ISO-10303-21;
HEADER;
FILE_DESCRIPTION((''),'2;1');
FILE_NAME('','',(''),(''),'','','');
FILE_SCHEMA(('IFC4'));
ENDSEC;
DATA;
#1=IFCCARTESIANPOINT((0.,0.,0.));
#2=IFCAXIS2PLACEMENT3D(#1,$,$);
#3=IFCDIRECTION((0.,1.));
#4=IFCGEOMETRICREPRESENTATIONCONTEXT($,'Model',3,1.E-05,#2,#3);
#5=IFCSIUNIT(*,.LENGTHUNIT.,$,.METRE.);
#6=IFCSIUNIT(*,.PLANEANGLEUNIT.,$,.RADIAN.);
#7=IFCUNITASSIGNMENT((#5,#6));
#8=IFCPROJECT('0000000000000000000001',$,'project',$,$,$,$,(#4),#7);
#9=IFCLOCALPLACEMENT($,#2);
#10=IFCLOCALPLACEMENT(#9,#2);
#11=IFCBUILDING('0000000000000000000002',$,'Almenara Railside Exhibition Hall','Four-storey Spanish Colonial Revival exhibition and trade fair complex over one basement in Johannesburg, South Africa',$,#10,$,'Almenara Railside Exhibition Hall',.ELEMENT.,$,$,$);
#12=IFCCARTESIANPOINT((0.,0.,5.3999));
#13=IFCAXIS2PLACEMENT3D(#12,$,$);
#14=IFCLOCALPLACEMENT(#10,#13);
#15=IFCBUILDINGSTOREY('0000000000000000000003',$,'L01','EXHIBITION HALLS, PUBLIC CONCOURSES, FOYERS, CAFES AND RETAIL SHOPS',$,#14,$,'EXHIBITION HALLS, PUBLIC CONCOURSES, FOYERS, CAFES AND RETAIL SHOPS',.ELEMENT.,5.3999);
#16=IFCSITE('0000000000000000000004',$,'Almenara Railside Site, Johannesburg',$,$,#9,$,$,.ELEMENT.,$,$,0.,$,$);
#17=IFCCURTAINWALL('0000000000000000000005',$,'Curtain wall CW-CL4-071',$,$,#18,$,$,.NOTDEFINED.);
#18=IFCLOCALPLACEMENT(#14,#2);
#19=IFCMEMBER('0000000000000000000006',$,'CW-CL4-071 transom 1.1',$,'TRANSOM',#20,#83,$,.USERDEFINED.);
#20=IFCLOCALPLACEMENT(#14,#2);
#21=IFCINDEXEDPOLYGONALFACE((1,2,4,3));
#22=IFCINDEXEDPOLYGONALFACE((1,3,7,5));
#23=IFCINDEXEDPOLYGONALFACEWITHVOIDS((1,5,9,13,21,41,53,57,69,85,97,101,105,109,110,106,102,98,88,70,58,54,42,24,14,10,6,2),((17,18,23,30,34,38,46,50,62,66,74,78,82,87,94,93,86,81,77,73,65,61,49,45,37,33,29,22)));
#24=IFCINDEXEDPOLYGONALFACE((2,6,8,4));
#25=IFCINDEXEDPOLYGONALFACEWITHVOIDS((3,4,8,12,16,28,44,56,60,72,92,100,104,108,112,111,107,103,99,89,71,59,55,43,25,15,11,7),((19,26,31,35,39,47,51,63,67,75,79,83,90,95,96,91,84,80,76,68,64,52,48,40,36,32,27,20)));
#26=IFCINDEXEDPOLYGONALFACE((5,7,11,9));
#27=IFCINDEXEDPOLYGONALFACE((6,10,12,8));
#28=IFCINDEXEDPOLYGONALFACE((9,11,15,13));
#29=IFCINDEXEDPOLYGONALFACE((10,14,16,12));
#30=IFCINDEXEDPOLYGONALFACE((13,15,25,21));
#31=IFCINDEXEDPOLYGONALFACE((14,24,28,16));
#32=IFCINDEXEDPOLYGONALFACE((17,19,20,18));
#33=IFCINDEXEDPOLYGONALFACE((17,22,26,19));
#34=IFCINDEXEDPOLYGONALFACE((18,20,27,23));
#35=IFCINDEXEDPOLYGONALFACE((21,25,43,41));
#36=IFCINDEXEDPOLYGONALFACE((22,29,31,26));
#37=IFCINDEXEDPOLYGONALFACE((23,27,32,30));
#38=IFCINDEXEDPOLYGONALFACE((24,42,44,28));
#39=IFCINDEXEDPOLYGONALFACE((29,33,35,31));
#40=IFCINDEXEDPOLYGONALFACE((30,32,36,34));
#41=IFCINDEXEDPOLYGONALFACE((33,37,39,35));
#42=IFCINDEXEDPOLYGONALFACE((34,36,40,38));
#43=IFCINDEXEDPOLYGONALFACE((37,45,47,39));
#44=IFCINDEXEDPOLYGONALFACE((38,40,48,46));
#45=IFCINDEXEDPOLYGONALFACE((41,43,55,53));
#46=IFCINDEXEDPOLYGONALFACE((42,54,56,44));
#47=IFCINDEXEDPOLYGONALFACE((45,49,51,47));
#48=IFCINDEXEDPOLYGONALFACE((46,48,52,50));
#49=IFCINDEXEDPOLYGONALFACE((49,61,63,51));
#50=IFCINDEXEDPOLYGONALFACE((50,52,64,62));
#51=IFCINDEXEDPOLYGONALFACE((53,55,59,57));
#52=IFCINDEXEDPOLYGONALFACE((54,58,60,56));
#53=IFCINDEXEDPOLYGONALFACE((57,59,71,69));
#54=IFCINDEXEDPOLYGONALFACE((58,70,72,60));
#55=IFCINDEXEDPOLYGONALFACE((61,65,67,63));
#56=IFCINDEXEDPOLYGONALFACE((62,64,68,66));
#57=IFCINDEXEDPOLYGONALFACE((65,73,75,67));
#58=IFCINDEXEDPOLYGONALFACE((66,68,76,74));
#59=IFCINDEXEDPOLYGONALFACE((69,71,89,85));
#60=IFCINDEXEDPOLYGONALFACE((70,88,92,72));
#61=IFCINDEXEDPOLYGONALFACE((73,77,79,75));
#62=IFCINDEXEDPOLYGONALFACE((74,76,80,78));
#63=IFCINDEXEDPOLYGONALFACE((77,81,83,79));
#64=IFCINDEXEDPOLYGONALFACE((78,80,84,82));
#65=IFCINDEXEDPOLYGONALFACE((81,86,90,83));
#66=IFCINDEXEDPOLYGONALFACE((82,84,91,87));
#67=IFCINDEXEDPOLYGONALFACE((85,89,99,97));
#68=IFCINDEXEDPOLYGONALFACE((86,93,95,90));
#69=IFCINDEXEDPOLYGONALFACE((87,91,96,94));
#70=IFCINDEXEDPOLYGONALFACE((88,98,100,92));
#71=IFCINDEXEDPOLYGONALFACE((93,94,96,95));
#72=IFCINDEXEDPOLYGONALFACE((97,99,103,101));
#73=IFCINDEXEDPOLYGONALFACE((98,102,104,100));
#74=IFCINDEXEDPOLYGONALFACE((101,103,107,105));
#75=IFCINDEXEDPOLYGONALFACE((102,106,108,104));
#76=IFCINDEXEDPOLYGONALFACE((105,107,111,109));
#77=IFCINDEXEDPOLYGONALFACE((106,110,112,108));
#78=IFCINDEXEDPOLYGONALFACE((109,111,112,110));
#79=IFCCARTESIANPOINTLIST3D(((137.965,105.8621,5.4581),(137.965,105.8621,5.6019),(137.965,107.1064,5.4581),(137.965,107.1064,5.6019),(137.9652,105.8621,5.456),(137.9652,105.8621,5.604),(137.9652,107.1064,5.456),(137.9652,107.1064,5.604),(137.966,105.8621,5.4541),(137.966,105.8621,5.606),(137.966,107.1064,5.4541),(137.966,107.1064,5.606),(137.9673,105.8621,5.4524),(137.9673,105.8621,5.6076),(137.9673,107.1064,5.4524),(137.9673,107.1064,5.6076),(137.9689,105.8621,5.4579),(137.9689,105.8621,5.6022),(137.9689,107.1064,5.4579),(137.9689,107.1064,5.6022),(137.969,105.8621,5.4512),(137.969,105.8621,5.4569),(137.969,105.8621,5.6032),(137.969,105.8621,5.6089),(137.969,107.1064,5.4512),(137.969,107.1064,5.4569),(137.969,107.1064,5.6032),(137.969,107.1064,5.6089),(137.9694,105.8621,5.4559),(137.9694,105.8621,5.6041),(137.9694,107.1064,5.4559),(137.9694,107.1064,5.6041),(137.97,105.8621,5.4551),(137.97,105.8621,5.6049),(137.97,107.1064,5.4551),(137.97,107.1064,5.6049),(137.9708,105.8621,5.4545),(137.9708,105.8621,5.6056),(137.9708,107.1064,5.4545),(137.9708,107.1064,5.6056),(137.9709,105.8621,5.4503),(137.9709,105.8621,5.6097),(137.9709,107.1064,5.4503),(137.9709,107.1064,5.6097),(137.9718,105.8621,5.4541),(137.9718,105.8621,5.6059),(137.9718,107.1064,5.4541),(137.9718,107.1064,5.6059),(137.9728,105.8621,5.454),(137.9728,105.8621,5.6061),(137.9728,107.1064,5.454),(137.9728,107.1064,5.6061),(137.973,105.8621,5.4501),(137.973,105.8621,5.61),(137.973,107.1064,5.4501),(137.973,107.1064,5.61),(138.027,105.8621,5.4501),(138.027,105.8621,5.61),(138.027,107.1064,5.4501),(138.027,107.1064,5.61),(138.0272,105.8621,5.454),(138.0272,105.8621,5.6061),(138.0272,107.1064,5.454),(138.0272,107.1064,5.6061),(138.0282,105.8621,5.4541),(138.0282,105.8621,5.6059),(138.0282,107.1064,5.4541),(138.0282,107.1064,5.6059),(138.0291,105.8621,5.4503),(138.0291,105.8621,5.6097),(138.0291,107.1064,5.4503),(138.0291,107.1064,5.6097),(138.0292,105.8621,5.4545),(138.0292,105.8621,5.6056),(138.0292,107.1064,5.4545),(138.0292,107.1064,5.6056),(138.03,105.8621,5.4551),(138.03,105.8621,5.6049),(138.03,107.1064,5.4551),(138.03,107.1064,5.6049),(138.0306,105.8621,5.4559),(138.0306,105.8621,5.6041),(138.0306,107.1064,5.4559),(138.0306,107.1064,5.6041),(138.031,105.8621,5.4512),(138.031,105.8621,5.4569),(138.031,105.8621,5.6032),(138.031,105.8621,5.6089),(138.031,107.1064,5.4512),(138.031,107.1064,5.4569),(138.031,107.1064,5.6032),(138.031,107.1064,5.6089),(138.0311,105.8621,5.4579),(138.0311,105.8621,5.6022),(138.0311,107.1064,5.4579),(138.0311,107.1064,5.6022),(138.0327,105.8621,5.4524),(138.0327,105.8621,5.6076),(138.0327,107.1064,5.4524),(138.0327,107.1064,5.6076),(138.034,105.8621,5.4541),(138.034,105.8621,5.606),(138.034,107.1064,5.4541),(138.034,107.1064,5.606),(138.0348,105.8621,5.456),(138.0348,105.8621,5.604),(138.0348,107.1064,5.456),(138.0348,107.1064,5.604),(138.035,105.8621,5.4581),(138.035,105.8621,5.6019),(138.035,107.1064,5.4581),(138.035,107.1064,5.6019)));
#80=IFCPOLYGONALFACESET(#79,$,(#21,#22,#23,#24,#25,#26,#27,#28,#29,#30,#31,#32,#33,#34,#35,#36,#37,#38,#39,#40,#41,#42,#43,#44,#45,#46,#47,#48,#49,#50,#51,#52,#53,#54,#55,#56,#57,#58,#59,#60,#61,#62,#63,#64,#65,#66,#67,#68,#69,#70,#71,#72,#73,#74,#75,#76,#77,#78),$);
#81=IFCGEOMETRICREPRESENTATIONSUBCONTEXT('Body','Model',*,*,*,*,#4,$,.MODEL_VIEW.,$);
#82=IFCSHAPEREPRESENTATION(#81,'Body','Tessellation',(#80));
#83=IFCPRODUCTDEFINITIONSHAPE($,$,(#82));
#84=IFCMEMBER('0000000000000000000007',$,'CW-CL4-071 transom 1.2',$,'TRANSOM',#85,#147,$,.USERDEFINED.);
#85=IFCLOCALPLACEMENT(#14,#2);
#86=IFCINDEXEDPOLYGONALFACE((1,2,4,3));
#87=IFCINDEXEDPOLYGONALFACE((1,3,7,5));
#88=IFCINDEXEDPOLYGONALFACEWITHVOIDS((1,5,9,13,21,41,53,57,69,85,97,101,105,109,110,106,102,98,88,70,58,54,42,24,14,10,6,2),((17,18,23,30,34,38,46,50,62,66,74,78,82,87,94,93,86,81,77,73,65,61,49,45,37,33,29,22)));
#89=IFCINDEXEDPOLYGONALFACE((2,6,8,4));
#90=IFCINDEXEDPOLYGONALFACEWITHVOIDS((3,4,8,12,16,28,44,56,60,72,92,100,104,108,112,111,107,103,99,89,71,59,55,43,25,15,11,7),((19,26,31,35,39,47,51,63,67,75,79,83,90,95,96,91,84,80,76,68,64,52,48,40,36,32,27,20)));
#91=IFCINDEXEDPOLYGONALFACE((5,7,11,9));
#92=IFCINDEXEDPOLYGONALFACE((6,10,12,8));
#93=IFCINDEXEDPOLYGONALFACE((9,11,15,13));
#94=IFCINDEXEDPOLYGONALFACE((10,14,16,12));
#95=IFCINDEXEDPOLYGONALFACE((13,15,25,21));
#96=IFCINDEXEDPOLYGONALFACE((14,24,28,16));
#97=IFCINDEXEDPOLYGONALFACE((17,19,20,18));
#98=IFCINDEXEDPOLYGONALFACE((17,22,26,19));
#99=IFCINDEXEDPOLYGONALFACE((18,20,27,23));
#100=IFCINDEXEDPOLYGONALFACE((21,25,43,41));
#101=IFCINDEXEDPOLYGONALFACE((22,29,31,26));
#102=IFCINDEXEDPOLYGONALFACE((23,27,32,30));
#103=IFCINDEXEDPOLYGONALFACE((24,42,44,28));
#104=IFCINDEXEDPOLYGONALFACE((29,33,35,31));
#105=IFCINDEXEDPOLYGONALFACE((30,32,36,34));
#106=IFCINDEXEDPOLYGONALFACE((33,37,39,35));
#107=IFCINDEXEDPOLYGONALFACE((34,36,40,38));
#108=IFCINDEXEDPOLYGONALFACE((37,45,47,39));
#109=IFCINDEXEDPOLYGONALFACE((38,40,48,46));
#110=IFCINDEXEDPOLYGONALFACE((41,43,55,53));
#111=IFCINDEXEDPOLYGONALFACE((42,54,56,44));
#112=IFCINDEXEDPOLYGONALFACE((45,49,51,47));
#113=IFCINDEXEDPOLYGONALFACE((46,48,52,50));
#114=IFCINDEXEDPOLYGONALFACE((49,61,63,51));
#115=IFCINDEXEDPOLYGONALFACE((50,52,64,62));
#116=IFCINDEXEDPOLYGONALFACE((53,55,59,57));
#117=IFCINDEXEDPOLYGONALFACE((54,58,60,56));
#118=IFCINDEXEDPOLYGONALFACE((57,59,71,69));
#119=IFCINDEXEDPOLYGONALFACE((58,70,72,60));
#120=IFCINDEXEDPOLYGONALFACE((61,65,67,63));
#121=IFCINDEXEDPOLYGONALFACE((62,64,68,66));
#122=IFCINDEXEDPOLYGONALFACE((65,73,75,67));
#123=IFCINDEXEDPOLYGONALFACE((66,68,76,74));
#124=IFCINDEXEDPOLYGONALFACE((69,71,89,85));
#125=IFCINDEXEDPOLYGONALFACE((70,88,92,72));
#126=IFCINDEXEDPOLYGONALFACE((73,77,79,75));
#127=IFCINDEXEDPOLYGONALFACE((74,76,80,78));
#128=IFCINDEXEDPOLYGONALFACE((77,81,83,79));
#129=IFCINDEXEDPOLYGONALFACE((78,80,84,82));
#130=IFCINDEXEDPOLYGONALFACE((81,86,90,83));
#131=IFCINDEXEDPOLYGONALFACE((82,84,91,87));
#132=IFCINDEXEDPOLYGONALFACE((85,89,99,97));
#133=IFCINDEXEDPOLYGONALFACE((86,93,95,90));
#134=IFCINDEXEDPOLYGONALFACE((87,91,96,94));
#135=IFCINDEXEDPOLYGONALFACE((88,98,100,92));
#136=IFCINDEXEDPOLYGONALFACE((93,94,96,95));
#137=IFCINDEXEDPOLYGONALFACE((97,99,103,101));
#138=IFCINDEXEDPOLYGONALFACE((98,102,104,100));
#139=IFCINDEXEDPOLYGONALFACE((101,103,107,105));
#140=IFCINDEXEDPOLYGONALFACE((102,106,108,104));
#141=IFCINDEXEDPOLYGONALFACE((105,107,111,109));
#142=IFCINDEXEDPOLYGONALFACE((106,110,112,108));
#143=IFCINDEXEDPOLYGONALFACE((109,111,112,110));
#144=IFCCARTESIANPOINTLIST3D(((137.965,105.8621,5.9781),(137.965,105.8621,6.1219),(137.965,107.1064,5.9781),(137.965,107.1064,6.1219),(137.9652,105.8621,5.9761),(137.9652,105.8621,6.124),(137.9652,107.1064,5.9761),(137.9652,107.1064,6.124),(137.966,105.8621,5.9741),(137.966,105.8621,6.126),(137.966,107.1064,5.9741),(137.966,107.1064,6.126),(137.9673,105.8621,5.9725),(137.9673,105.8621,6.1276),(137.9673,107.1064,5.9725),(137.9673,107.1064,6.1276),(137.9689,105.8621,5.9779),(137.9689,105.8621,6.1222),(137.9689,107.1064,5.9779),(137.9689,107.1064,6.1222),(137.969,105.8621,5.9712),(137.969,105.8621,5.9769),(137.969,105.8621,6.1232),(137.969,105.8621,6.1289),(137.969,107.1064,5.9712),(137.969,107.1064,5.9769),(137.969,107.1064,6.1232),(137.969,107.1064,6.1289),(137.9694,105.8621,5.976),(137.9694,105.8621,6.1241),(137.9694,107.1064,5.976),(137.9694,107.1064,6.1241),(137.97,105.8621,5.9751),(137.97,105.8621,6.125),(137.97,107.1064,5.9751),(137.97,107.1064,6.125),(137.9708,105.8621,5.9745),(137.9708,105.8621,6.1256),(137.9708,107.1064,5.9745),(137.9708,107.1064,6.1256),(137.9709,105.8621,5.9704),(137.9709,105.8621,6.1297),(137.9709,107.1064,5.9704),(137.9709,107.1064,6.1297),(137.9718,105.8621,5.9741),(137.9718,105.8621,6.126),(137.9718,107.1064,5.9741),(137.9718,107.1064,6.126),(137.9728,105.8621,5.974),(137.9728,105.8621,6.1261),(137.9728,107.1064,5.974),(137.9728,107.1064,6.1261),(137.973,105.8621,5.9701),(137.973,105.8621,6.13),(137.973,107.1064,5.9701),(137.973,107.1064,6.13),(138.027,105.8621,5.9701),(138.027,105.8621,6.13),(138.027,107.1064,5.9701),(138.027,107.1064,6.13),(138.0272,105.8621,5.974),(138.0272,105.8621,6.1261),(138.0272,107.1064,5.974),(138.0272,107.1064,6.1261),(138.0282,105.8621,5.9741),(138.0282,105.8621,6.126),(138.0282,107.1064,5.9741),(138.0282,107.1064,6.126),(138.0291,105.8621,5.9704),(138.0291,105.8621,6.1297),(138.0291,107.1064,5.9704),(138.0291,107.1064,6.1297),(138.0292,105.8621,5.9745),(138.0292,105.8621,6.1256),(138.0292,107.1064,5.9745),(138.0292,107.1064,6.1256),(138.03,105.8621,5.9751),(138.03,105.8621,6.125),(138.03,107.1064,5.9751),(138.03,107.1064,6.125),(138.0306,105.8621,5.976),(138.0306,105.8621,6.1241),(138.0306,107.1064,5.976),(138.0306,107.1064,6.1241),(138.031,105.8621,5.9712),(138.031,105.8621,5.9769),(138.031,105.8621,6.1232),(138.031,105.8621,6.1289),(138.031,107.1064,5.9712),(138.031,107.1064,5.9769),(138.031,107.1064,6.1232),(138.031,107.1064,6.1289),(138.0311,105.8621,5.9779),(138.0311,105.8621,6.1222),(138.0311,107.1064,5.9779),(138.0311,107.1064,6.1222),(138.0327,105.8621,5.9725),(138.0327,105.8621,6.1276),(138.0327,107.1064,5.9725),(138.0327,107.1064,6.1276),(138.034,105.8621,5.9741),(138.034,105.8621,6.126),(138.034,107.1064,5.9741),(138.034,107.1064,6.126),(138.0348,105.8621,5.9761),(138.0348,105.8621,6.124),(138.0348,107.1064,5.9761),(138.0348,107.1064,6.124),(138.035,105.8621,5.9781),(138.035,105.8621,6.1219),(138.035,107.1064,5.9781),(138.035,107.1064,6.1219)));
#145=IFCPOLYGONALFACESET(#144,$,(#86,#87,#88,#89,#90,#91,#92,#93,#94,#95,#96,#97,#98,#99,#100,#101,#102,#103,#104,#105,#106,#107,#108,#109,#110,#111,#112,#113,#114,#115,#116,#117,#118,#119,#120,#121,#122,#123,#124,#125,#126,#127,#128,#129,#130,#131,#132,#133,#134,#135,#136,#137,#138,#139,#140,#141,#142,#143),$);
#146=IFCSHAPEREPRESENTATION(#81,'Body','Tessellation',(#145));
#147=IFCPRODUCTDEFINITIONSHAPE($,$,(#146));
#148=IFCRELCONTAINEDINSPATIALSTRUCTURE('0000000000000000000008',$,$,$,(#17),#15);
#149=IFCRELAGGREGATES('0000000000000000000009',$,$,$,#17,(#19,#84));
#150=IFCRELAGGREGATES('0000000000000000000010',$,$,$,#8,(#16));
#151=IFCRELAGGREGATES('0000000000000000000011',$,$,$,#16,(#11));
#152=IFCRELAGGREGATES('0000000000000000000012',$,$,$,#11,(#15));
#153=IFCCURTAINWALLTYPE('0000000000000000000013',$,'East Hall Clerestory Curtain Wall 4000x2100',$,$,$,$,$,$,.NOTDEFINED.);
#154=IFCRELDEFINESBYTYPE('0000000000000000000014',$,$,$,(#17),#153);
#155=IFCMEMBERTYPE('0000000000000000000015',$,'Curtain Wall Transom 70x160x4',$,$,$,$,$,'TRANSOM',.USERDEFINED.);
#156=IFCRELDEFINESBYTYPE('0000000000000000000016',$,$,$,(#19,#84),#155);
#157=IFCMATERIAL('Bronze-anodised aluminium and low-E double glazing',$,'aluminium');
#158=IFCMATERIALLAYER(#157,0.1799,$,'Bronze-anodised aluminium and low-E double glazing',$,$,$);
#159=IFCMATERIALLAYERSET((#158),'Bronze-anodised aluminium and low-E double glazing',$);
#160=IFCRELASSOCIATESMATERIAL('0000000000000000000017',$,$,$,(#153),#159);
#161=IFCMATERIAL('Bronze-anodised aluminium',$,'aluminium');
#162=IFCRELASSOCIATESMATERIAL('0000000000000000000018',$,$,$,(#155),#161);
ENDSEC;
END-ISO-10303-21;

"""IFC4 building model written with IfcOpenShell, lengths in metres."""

from ifc_helpers import new_model, si_unit, direction, frame, origin, origin_2d, place, context, subcontext, project, spatial, hollow_rectangle, extrude, material, layer, layer_set, material_profile, profile_set, type_object, element, aggregate, save


model = new_model("IFC4")

# Units and contexts
model_context = context("Model", 3, precision=1e-05, world=origin(), true_north=direction((0.0, 1.0)))
body_context = subcontext(model_context, "Body", "Model", "MODEL_VIEW")
ifc_project = project(units=[si_unit("LENGTHUNIT", "METRE"), si_unit("PLANEANGLEUNIT", "RADIAN")], contexts=[model_context])

# Site, building, storey
site_placement = place(None, origin())
site = spatial("IfcSite", under=ifc_project, at=site_placement, Name="Almenara Railside Site, Johannesburg", CompositionType="ELEMENT", RefElevation=0.0)
building_placement = place(site_placement, origin())
building = spatial("IfcBuilding", under=site, at=building_placement, Name="Almenara Railside Exhibition Hall", Description="Four-storey Spanish Colonial Revival exhibition and trade fair complex over one basement in Johannesburg, South Africa", LongName="Almenara Railside Exhibition Hall", CompositionType="ELEMENT")
storey_placement = place(building_placement, frame((0.0, 0.0, 5.3999)))
storey = spatial("IfcBuildingStorey", under=building, at=storey_placement, Name="L01", Description="EXHIBITION HALLS, PUBLIC CONCOURSES, FOYERS, CAFES AND RETAIL SHOPS", LongName="EXHIBITION HALLS, PUBLIC CONCOURSES, FOYERS, CAFES AND RETAIL SHOPS", CompositionType="ELEMENT", Elevation=5.3999)

# Curtain wall
ifc_material_1 = material(Name="Bronze-anodised aluminium and low-E double glazing", Category="aluminium")
ifc_layer_1 = layer(ifc_material_1, 0.1799, Name="Bronze-anodised aluminium and low-E double glazing")
ifc_layer_set_1 = layer_set([ifc_layer_1], Name="Bronze-anodised aluminium and low-E double glazing")
curtain_wall_type_1 = type_object("IfcCurtainWallType", Name="East Hall Clerestory Curtain Wall 4000x2100", PredefinedType="NOTDEFINED", material=ifc_layer_set_1)
curtain_wall_1_placement = place(storey_placement, origin())
curtain_wall_1 = element("IfcCurtainWall", 1, at=curtain_wall_1_placement, inside=storey, type_object=curtain_wall_type_1, Name="Curtain wall CW-CL4-071", PredefinedType="NOTDEFINED")
ifc_material_2 = material(Name="Bronze-anodised aluminium", Category="aluminium")

# Members
ifc_material_profile_1 = material_profile(ifc_material_2, hollow_rectangle(XDim=0.0701, YDim=0.1599, WallThickness=0.0039, InnerFilletRadius=0.0039, OuterFilletRadius=0.0081, at=origin_2d()), Name="ALU-TRN 70x160x4")
ifc_profile_set_1 = profile_set([ifc_material_profile_1], Name="Bronze-anodised aluminium")
member_type_1 = type_object("IfcMemberType", Name="Curtain Wall Transom 70x160x4", ElementType="TRANSOM", PredefinedType="USERDEFINED", material=ifc_profile_set_1)
member_1_placement = place(storey_placement, frame((138.0, 105.8621, 5.53), z_axis=(0.0, 1.0, 0.0), x_axis=(-1.0, 0.0, 0.0)))
member_1 = element("IfcMember", 2, at=member_1_placement, type_object=member_type_1, Name="CW-CL4-071 transom 1.1", ObjectType="TRANSOM", PredefinedType="USERDEFINED", context=body_context, shape_type="SweptSolid", body=[
    extrude(hollow_rectangle(XDim=0.0701, YDim=0.1599, WallThickness=0.0039, InnerFilletRadius=0.0039, OuterFilletRadius=0.0081, at=origin_2d()), origin(), (0.0, 0.0, 1.0), 1.2444),
])
member_2_placement = place(storey_placement, frame((138.0, 105.8621, 6.05), z_axis=(0.0, 1.0, 0.0), x_axis=(-1.0, 0.0, 0.0)))
member_2 = element("IfcMember", 3, at=member_2_placement, type_object=member_type_1, Name="CW-CL4-071 transom 1.2", ObjectType="TRANSOM", PredefinedType="USERDEFINED", context=body_context, shape_type="SweptSolid", body=[
    extrude(hollow_rectangle(XDim=0.0701, YDim=0.1599, WallThickness=0.0039, InnerFilletRadius=0.0039, OuterFilletRadius=0.0081, at=origin_2d()), origin(), (0.0, 0.0, 1.0), 1.2444),
])

aggregate(curtain_wall_1, [member_1, member_2])

save(model, "model.ifc")
